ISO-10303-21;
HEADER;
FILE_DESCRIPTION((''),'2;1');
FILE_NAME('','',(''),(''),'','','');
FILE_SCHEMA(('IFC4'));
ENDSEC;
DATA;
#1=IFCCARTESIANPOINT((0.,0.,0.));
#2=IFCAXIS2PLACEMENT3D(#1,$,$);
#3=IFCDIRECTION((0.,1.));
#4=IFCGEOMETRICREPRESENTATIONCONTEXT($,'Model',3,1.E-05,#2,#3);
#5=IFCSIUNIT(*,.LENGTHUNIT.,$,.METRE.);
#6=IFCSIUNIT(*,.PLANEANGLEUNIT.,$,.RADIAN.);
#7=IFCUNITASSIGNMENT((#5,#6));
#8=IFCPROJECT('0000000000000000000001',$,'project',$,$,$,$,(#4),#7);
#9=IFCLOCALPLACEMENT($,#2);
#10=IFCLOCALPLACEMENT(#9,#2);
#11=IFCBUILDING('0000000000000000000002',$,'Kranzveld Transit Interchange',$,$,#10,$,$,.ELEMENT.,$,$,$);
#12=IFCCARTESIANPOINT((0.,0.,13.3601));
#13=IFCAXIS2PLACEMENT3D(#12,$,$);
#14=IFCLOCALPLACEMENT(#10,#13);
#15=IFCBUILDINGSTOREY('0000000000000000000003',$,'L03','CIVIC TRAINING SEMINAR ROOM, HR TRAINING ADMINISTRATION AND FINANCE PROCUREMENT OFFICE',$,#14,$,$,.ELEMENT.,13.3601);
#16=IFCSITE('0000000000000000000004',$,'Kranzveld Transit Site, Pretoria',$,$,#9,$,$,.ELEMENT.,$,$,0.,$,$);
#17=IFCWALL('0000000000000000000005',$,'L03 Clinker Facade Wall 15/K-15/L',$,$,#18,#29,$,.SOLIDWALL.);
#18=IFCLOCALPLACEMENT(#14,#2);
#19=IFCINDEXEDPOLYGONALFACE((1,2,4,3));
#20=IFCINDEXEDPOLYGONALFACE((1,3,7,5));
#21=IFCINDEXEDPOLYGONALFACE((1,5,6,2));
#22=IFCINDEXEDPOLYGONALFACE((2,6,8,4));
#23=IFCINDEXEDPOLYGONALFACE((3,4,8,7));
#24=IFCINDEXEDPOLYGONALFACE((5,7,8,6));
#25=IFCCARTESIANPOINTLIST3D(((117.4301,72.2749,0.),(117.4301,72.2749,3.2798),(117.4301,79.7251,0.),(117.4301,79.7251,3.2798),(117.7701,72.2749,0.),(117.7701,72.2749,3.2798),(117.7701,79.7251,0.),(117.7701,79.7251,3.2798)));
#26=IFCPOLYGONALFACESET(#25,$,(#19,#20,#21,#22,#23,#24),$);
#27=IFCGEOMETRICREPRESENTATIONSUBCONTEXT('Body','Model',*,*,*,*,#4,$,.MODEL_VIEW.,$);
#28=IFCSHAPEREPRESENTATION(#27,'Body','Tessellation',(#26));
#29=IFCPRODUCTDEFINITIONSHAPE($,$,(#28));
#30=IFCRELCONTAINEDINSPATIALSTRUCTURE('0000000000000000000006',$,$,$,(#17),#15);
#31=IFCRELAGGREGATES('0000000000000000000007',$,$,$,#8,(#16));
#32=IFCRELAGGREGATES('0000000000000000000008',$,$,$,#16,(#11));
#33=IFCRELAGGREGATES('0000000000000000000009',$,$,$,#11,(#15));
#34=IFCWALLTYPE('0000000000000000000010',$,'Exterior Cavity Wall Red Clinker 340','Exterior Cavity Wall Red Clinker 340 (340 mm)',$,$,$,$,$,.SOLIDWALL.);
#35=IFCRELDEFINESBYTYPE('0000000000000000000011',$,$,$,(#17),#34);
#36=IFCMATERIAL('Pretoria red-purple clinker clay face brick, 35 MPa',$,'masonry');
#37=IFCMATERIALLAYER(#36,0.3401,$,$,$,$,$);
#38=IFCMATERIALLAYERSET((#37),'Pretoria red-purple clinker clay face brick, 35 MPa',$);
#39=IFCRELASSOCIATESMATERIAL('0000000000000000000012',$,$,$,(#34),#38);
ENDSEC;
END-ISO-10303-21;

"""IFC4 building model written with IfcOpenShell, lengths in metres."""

from ifc_helpers import new_model, si_unit, direction, frame, frame_2d, origin, place, context, subcontext, project, spatial, rectangle, extrude, material, layer, layer_set, type_object, element, save


model = new_model("IFC4")

# Units and contexts
model_context = context("Model", 3, precision=1e-05, world=origin(), true_north=direction((0.0, 1.0)))
body_context = subcontext(model_context, "Body", "Model", "MODEL_VIEW")
ifc_project = project(units=[si_unit("LENGTHUNIT", "METRE"), si_unit("PLANEANGLEUNIT", "RADIAN")], contexts=[model_context])

# Site, building, storey
site_placement = place(None, origin())
site = spatial("IfcSite", under=ifc_project, at=site_placement, Name="Kranzveld Transit Site, Pretoria", CompositionType="ELEMENT", RefElevation=0.0)
building_placement = place(site_placement, origin())
building = spatial("IfcBuilding", under=site, at=building_placement, Name="Kranzveld Transit Interchange", CompositionType="ELEMENT")
storey_placement = place(building_placement, frame((0.0, 0.0, 13.3601)))
storey = spatial("IfcBuildingStorey", under=building, at=storey_placement, Name="L03", Description="CIVIC TRAINING SEMINAR ROOM, HR TRAINING ADMINISTRATION AND FINANCE PROCUREMENT OFFICE", CompositionType="ELEMENT", Elevation=13.3601)

# Wall
ifc_material_1 = material(Name="Pretoria red-purple clinker clay face brick, 35 MPa", Category="masonry")
ifc_layer_1 = layer(ifc_material_1, 0.3401)
ifc_layer_set_1 = layer_set([ifc_layer_1], Name="Pretoria red-purple clinker clay face brick, 35 MPa")
wall_type_1 = type_object("IfcWallType", Name="Exterior Cavity Wall Red Clinker 340", Description="Exterior Cavity Wall Red Clinker 340 (340 mm)", PredefinedType="SOLIDWALL", material=ifc_layer_set_1)
wall_1_placement = place(storey_placement, frame((117.6001, 72.2749, 0.0), z_axis=(0.0, 0.0, 1.0), x_axis=(0.0, 1.0, 0.0)))
element("IfcWall", 1, at=wall_1_placement, inside=storey, type_object=wall_type_1, Name="L03 Clinker Facade Wall 15/K-15/L", PredefinedType="SOLIDWALL", context=body_context, shape_type="SweptSolid", body=[
    extrude(rectangle(XDim=7.4502, YDim=0.3401, at=frame_2d((3.7251, 0.0))), origin(), (0.0, 0.0, 1.0), 3.2798),
])

save(model, "model.ifc")
